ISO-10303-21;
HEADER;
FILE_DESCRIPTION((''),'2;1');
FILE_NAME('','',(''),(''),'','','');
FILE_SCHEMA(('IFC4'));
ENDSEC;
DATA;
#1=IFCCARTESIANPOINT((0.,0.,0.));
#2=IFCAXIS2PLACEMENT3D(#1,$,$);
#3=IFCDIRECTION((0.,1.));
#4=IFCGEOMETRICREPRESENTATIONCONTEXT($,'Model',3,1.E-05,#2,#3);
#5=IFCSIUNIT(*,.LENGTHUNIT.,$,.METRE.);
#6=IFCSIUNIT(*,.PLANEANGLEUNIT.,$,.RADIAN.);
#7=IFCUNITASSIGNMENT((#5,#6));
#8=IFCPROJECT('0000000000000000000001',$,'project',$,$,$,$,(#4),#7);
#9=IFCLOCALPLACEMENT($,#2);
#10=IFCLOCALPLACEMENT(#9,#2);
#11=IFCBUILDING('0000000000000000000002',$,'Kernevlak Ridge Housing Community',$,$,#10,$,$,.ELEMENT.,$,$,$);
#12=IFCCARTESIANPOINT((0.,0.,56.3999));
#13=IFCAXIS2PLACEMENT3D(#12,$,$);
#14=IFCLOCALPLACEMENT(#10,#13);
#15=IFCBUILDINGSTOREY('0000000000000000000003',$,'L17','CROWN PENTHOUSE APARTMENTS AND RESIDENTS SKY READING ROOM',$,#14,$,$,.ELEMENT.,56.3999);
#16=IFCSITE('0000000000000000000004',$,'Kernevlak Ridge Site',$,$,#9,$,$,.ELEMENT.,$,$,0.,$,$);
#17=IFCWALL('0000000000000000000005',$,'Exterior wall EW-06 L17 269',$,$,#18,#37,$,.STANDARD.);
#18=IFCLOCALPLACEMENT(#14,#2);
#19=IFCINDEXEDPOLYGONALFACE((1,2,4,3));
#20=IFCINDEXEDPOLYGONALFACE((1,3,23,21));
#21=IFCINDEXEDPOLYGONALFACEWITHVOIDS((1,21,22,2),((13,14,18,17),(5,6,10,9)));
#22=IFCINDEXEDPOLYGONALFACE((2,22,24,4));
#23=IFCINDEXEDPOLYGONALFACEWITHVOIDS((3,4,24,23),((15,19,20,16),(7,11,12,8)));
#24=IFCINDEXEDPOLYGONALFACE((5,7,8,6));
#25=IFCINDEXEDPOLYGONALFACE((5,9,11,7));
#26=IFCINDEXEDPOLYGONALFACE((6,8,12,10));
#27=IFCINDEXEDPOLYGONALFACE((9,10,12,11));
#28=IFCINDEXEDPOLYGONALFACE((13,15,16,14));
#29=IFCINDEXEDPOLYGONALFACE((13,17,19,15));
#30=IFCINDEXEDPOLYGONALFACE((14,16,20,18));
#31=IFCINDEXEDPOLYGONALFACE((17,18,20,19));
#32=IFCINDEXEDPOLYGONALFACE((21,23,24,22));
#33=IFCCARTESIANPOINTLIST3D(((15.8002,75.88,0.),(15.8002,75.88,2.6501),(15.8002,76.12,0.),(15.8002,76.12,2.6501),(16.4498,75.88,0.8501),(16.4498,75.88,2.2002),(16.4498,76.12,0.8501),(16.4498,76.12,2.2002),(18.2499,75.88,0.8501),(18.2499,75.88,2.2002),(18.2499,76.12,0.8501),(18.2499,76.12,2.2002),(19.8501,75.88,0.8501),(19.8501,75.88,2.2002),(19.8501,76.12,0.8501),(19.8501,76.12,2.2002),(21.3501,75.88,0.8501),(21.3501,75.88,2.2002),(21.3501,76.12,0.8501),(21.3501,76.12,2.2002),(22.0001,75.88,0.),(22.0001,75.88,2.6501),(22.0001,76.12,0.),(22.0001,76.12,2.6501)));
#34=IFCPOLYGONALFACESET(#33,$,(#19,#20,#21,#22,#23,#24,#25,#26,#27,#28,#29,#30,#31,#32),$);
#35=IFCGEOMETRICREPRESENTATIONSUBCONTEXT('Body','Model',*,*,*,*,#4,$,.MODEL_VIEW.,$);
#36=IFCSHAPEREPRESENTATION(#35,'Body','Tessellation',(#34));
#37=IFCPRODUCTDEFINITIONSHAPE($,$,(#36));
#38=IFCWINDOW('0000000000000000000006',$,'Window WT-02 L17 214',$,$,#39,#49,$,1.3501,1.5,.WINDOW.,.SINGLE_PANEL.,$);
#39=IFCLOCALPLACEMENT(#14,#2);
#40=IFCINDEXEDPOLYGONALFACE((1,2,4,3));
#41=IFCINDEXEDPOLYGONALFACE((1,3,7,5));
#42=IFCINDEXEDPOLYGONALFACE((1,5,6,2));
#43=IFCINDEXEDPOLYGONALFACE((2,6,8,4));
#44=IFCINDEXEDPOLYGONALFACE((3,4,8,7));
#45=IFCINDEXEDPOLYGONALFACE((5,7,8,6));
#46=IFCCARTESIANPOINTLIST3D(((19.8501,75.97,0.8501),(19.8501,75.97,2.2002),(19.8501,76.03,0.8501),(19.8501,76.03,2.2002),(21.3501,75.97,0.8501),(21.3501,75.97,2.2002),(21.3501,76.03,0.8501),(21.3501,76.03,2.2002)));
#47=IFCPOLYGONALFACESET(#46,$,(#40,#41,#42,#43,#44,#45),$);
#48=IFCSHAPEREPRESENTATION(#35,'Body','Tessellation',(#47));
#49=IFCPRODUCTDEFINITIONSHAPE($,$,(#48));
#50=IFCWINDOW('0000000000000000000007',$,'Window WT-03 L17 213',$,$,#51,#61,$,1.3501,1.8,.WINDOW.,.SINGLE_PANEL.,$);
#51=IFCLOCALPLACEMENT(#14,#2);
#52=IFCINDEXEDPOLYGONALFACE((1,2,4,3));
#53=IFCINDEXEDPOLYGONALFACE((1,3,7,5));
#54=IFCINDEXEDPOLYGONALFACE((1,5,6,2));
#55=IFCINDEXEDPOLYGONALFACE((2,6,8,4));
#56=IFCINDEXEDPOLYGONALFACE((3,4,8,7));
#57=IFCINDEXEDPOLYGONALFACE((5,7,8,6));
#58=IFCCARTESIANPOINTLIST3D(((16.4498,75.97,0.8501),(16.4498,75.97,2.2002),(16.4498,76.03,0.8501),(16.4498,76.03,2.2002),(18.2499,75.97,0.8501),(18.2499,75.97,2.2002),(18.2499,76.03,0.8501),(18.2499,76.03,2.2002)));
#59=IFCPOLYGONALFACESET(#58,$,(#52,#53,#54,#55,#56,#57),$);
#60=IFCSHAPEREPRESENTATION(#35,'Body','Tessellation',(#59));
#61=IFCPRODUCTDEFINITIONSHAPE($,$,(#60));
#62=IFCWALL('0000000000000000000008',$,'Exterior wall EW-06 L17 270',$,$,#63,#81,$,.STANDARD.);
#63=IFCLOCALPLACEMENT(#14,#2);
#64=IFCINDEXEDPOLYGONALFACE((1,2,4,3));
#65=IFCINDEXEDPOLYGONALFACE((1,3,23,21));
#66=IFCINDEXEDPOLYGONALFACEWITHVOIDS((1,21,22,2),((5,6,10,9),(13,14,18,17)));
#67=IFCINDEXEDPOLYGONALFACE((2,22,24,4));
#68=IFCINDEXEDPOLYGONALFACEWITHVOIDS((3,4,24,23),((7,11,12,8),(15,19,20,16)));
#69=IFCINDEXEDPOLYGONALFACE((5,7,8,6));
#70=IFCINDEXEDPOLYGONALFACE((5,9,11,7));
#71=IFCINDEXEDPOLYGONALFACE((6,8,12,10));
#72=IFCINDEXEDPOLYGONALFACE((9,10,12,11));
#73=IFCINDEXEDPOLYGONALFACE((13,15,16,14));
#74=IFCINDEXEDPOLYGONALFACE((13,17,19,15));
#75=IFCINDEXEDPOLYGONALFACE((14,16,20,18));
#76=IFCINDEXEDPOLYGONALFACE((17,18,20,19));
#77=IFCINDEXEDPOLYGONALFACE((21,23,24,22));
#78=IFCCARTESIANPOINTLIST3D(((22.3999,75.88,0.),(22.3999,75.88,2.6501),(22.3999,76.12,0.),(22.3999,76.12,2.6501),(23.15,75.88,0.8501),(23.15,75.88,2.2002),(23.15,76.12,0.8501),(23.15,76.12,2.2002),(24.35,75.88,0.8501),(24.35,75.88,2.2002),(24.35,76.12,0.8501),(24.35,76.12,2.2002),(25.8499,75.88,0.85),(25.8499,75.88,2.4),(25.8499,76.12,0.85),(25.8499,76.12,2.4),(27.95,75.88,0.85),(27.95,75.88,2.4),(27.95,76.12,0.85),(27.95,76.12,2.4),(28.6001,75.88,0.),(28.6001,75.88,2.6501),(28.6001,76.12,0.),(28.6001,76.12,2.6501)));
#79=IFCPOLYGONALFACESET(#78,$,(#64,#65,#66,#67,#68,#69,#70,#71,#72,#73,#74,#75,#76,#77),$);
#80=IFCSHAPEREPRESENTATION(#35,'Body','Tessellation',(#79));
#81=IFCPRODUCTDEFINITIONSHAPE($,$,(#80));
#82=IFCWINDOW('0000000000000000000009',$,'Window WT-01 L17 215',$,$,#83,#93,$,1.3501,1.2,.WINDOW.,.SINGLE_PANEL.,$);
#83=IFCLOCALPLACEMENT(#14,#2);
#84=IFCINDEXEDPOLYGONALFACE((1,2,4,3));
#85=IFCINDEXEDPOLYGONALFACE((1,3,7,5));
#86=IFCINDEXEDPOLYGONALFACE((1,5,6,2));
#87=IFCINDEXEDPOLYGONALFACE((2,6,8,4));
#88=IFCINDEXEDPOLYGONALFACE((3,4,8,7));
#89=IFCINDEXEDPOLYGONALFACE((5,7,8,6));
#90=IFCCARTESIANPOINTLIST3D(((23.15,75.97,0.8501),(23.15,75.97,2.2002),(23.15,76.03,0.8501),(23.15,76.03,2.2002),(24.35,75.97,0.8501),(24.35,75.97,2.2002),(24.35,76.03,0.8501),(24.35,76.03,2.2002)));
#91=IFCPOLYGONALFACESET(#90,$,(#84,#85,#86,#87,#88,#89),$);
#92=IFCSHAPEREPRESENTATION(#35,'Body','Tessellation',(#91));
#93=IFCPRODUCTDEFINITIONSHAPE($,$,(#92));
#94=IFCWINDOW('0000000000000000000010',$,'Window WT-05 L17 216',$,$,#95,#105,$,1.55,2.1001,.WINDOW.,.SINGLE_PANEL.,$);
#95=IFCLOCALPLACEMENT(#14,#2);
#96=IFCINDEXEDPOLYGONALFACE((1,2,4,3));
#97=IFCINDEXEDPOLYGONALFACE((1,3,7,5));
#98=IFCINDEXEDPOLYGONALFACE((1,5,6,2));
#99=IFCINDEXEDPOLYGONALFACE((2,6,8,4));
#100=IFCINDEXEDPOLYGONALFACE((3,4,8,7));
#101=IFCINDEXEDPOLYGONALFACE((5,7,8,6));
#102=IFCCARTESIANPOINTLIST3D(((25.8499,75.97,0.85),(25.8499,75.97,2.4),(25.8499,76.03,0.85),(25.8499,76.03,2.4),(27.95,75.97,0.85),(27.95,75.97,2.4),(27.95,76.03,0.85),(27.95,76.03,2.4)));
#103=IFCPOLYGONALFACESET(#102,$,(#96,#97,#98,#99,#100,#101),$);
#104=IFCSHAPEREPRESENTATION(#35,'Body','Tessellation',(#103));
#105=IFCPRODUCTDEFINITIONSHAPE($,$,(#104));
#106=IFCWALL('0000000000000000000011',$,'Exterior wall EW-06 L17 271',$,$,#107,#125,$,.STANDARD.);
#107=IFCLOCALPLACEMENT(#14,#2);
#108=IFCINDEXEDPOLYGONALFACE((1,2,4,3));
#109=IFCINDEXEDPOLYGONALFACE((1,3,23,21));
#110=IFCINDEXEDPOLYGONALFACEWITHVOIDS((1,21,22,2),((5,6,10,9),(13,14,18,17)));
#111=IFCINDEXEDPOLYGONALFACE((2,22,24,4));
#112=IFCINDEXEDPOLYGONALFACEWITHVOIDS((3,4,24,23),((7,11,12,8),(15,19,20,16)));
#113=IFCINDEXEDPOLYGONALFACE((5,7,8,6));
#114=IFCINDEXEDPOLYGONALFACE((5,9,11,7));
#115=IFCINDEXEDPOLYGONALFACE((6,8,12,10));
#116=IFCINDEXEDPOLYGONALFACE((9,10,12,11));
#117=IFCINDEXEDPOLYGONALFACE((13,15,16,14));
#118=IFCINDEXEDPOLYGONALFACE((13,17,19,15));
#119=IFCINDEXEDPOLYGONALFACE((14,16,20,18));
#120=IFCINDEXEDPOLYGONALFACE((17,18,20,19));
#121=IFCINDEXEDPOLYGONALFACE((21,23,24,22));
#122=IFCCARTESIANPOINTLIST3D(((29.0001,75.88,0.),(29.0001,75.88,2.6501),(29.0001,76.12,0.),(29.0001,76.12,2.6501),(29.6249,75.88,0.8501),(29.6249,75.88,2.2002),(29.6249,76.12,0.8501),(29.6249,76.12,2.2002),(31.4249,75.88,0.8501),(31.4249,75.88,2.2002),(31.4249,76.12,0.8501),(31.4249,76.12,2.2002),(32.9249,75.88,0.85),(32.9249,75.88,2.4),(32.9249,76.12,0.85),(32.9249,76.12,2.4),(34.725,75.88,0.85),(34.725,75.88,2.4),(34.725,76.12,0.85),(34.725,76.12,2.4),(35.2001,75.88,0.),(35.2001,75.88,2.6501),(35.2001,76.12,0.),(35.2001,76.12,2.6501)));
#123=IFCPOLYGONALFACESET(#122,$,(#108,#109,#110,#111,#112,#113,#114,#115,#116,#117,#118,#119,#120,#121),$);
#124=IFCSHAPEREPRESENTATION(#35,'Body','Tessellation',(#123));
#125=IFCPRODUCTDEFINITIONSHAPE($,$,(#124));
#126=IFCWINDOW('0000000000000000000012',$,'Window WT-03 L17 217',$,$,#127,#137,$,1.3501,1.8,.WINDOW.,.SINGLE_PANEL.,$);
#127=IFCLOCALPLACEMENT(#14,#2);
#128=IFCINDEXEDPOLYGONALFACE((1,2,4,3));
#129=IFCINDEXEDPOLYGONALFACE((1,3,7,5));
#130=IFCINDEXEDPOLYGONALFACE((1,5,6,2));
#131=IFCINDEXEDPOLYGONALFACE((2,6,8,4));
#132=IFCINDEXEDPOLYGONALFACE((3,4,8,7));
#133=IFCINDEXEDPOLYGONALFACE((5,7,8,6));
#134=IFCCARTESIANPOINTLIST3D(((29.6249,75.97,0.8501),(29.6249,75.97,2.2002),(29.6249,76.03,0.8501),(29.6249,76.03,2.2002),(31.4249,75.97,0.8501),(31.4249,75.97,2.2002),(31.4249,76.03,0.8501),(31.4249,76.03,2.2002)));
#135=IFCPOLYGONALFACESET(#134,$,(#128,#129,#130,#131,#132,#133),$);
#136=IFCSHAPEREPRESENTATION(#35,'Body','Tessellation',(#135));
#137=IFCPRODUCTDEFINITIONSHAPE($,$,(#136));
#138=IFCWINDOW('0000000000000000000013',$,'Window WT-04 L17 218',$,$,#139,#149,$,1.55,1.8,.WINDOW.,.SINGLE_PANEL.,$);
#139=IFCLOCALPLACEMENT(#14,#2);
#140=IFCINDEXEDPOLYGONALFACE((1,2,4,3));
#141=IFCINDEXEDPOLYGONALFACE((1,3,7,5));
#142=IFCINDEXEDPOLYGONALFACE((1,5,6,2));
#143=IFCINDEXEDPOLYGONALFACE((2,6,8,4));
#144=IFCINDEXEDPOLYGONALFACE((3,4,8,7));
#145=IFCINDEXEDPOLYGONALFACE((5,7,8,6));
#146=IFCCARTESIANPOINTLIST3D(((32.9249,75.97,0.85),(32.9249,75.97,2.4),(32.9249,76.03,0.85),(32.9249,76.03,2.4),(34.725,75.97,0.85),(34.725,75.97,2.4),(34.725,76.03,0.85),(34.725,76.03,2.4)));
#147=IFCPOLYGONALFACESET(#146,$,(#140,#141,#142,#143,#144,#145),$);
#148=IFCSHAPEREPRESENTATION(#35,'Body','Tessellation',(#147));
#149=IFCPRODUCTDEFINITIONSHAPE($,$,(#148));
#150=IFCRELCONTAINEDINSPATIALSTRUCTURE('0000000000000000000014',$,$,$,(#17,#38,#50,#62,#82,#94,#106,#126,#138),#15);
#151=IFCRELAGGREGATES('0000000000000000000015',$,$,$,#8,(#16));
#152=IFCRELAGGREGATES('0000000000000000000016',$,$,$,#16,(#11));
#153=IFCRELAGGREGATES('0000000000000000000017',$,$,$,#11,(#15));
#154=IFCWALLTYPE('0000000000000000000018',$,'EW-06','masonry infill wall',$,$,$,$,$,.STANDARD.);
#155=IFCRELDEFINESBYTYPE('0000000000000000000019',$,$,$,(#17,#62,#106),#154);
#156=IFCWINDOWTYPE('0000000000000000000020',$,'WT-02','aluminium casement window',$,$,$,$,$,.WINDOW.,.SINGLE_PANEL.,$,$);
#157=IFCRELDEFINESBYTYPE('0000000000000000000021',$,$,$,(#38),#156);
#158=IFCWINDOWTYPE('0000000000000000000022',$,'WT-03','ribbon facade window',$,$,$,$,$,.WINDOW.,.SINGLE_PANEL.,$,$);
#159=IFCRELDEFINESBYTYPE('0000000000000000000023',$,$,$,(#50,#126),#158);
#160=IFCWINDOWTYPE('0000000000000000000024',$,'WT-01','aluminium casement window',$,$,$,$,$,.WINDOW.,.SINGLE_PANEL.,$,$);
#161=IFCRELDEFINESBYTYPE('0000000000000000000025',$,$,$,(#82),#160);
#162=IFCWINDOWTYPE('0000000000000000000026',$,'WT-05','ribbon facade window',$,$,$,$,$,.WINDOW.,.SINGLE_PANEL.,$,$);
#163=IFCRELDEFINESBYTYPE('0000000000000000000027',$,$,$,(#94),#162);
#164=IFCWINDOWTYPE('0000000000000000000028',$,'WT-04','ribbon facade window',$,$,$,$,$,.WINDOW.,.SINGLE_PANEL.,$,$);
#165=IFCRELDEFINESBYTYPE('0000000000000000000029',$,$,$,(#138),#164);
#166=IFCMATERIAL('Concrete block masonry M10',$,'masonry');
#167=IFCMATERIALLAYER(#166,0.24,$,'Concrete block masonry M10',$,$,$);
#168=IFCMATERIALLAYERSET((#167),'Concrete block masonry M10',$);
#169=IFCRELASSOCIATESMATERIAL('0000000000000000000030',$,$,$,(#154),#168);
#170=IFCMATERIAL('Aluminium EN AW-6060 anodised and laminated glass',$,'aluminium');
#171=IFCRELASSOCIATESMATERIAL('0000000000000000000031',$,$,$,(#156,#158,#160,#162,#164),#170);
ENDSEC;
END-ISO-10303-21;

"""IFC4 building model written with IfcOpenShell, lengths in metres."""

from ifc_helpers import new_model, si_unit, direction, frame, frame_2d, origin, place, context, subcontext, project, spatial, rectangle, extrude, material, layer, layer_set, type_object, element, fill, save


model = new_model("IFC4")

# Units and contexts
model_context = context("Model", 3, precision=1e-05, world=origin(), true_north=direction((0.0, 1.0)))
body_context = subcontext(model_context, "Body", "Model", "MODEL_VIEW")
ifc_project = project(units=[si_unit("LENGTHUNIT", "METRE"), si_unit("PLANEANGLEUNIT", "RADIAN")], contexts=[model_context])

# Site, building, storey
site_placement = place(None, origin())
site = spatial("IfcSite", under=ifc_project, at=site_placement, Name="Kernevlak Ridge Site", CompositionType="ELEMENT", RefElevation=0.0)
building_placement = place(site_placement, origin())
building = spatial("IfcBuilding", under=site, at=building_placement, Name="Kernevlak Ridge Housing Community", CompositionType="ELEMENT")
storey_placement = place(building_placement, frame((0.0, 0.0, 56.3999)))
storey = spatial("IfcBuildingStorey", under=building, at=storey_placement, Name="L17", Description="CROWN PENTHOUSE APARTMENTS AND RESIDENTS SKY READING ROOM", CompositionType="ELEMENT", Elevation=56.3999)

# Walls, openings, windows
ifc_material_1 = material(Name="Concrete block masonry M10", Category="masonry")
ifc_layer_1 = layer(ifc_material_1, 0.24, Name="Concrete block masonry M10")
ifc_layer_set_1 = layer_set([ifc_layer_1], Name="Concrete block masonry M10")
wall_type = type_object("IfcWallType", Name="EW-06", Description="masonry infill wall", PredefinedType="STANDARD", material=ifc_layer_set_1)
wall_1_placement = place(storey_placement, frame((15.8, 76.0, 0.0), z_axis=(0.0, 0.0, 1.0), x_axis=(1.0, 0.0, 0.0)))
wall_1 = element("IfcWall", 1, at=wall_1_placement, inside=storey, type_object=wall_type, Name="Exterior wall EW-06 L17 269", PredefinedType="STANDARD", context=body_context, shape_type="SweptSolid", body=[
    extrude(rectangle(XDim=6.2, YDim=0.24, at=frame_2d((3.1001, 0.0))), origin(), (0.0, 0.0, 1.0), 2.6501),
])
opening_1_placement = place(wall_1_placement, frame((0.6499, 0.0, 0.8501)))
opening_1 = element("IfcOpeningElement", 2, at=opening_1_placement, cuts=wall_1, PredefinedType="OPENING", context=body_context, shape_type="SweptSolid", body=[
    extrude(rectangle(XDim=1.8, YDim=1.3501, at=frame_2d((0.8999, 0.675))), frame((0.0, 0.1299, 0.0), z_axis=(0.0, -1.0, 0.0), x_axis=(1.0, 0.0, 0.0)), (0.0, 0.0, 1.0), 0.26),
])
opening_2_placement = place(wall_1_placement, frame((4.05, 0.0, 0.8501)))
opening_2 = element("IfcOpeningElement", 3, at=opening_2_placement, cuts=wall_1, PredefinedType="OPENING", context=body_context, shape_type="SweptSolid", body=[
    extrude(rectangle(XDim=1.5, YDim=1.3501, at=frame_2d((0.75, 0.675))), frame((0.0, 0.1299, 0.0), z_axis=(0.0, -1.0, 0.0), x_axis=(1.0, 0.0, 0.0)), (0.0, 0.0, 1.0), 0.26),
])
ifc_material_2 = material(Name="Aluminium EN AW-6060 anodised and laminated glass", Category="aluminium")
window_type_1 = type_object("IfcWindowType", Name="WT-02", Description="aluminium casement window", PartitioningType="SINGLE_PANEL", PredefinedType="WINDOW", material=ifc_material_2)
window_1_placement = place(opening_2_placement, origin())
window_1 = element("IfcWindow", 4, at=window_1_placement, inside=storey, type_object=window_type_1, Name="Window WT-02 L17 214", OverallHeight=1.3501, OverallWidth=1.5, PartitioningType="SINGLE_PANEL", PredefinedType="WINDOW", context=body_context, shape_type="SweptSolid", body=[
    extrude(rectangle(XDim=1.5, YDim=1.3501, at=frame_2d((0.75, 0.675))), frame((0.0, 0.03, 0.0), z_axis=(0.0, -1.0, 0.0), x_axis=(1.0, 0.0, 0.0)), (0.0, 0.0, 1.0), 0.0601),
])
fill(opening_2, window_1)
window_type_2 = type_object("IfcWindowType", Name="WT-03", Description="ribbon facade window", PartitioningType="SINGLE_PANEL", PredefinedType="WINDOW", material=ifc_material_2)
window_2_placement = place(opening_1_placement, origin())
window_2 = element("IfcWindow", 5, at=window_2_placement, inside=storey, type_object=window_type_2, Name="Window WT-03 L17 213", OverallHeight=1.3501, OverallWidth=1.8, PartitioningType="SINGLE_PANEL", PredefinedType="WINDOW", context=body_context, shape_type="SweptSolid", body=[
    extrude(rectangle(XDim=1.8, YDim=1.3501, at=frame_2d((0.8999, 0.675))), frame((0.0, 0.03, 0.0), z_axis=(0.0, -1.0, 0.0), x_axis=(1.0, 0.0, 0.0)), (0.0, 0.0, 1.0), 0.0601),
])
fill(opening_1, window_2)
wall_2_placement = place(storey_placement, frame((22.3999, 76.0, 0.0), z_axis=(0.0, 0.0, 1.0), x_axis=(1.0, 0.0, 0.0)))
wall_2 = element("IfcWall", 6, at=wall_2_placement, inside=storey, type_object=wall_type, Name="Exterior wall EW-06 L17 270", PredefinedType="STANDARD", context=body_context, shape_type="SweptSolid", body=[
    extrude(rectangle(XDim=6.2002, YDim=0.24, at=frame_2d((3.1001, 0.0))), origin(), (0.0, 0.0, 1.0), 2.6501),
])
opening_3_placement = place(wall_2_placement, frame((0.75, 0.0, 0.8501)))
opening_3 = element("IfcOpeningElement", 7, at=opening_3_placement, cuts=wall_2, PredefinedType="OPENING", context=body_context, shape_type="SweptSolid", body=[
    extrude(rectangle(XDim=1.2, YDim=1.3501, at=frame_2d((0.6001, 0.675))), frame((0.0, 0.1299, 0.0), z_axis=(0.0, -1.0, 0.0), x_axis=(1.0, 0.0, 0.0)), (0.0, 0.0, 1.0), 0.26),
])
opening_4_placement = place(wall_2_placement, frame((3.45, 0.0, 0.8501)))
opening_4 = element("IfcOpeningElement", 8, at=opening_4_placement, cuts=wall_2, PredefinedType="OPENING", context=body_context, shape_type="SweptSolid", body=[
    extrude(rectangle(XDim=2.1001, YDim=1.55, at=frame_2d((1.05, 0.7749))), frame((0.0, 0.1299, 0.0), z_axis=(0.0, -1.0, 0.0), x_axis=(1.0, 0.0, 0.0)), (0.0, 0.0, 1.0), 0.26),
])
window_type_3 = type_object("IfcWindowType", Name="WT-01", Description="aluminium casement window", PartitioningType="SINGLE_PANEL", PredefinedType="WINDOW", material=ifc_material_2)
window_3_placement = place(opening_3_placement, origin())
window_3 = element("IfcWindow", 9, at=window_3_placement, inside=storey, type_object=window_type_3, Name="Window WT-01 L17 215", OverallHeight=1.3501, OverallWidth=1.2, PartitioningType="SINGLE_PANEL", PredefinedType="WINDOW", context=body_context, shape_type="SweptSolid", body=[
    extrude(rectangle(XDim=1.2, YDim=1.3501, at=frame_2d((0.6001, 0.675))), frame((0.0, 0.03, 0.0), z_axis=(0.0, -1.0, 0.0), x_axis=(1.0, 0.0, 0.0)), (0.0, 0.0, 1.0), 0.0601),
])
fill(opening_3, window_3)
window_type_4 = type_object("IfcWindowType", Name="WT-05", Description="ribbon facade window", PartitioningType="SINGLE_PANEL", PredefinedType="WINDOW", material=ifc_material_2)
window_4_placement = place(opening_4_placement, origin())
window_4 = element("IfcWindow", 10, at=window_4_placement, inside=storey, type_object=window_type_4, Name="Window WT-05 L17 216", OverallHeight=1.55, OverallWidth=2.1001, PartitioningType="SINGLE_PANEL", PredefinedType="WINDOW", context=body_context, shape_type="SweptSolid", body=[
    extrude(rectangle(XDim=2.1001, YDim=1.55, at=frame_2d((1.05, 0.7749))), frame((0.0, 0.03, 0.0), z_axis=(0.0, -1.0, 0.0), x_axis=(1.0, 0.0, 0.0)), (0.0, 0.0, 1.0), 0.0601),
])
fill(opening_4, window_4)
wall_3_placement = place(storey_placement, frame((29.0, 76.0, 0.0), z_axis=(0.0, 0.0, 1.0), x_axis=(1.0, 0.0, 0.0)))
wall_3 = element("IfcWall", 11, at=wall_3_placement, inside=storey, type_object=wall_type, Name="Exterior wall EW-06 L17 271", PredefinedType="STANDARD", context=body_context, shape_type="SweptSolid", body=[
    extrude(rectangle(XDim=6.2, YDim=0.24, at=frame_2d((3.1001, 0.0))), origin(), (0.0, 0.0, 1.0), 2.6501),
])
opening_5_placement = place(wall_3_placement, frame((0.625, 0.0, 0.8501)))
opening_5 = element("IfcOpeningElement", 12, at=opening_5_placement, cuts=wall_3, PredefinedType="OPENING", context=body_context, shape_type="SweptSolid", body=[
    extrude(rectangle(XDim=1.8, YDim=1.3501, at=frame_2d((0.8999, 0.675))), frame((0.0, 0.1299, 0.0), z_axis=(0.0, -1.0, 0.0), x_axis=(1.0, 0.0, 0.0)), (0.0, 0.0, 1.0), 0.26),
])
opening_6_placement = place(wall_3_placement, frame((3.925, 0.0, 0.8501)))
opening_6 = element("IfcOpeningElement", 13, at=opening_6_placement, cuts=wall_3, PredefinedType="OPENING", context=body_context, shape_type="SweptSolid", body=[
    extrude(rectangle(XDim=1.8, YDim=1.55, at=frame_2d((0.8999, 0.7749))), frame((0.0, 0.1299, 0.0), z_axis=(0.0, -1.0, 0.0), x_axis=(1.0, 0.0, 0.0)), (0.0, 0.0, 1.0), 0.26),
])
window_5_placement = place(opening_5_placement, origin())
window_5 = element("IfcWindow", 14, at=window_5_placement, inside=storey, type_object=window_type_2, Name="Window WT-03 L17 217", OverallHeight=1.3501, OverallWidth=1.8, PartitioningType="SINGLE_PANEL", PredefinedType="WINDOW", context=body_context, shape_type="SweptSolid", body=[
    extrude(rectangle(XDim=1.8, YDim=1.3501, at=frame_2d((0.8999, 0.675))), frame((0.0, 0.03, 0.0), z_axis=(0.0, -1.0, 0.0), x_axis=(1.0, 0.0, 0.0)), (0.0, 0.0, 1.0), 0.0601),
])
fill(opening_5, window_5)
window_type_5 = type_object("IfcWindowType", Name="WT-04", Description="ribbon facade window", PartitioningType="SINGLE_PANEL", PredefinedType="WINDOW", material=ifc_material_2)
window_6_placement = place(opening_6_placement, origin())
window_6 = element("IfcWindow", 15, at=window_6_placement, inside=storey, type_object=window_type_5, Name="Window WT-04 L17 218", OverallHeight=1.55, OverallWidth=1.8, PartitioningType="SINGLE_PANEL", PredefinedType="WINDOW", context=body_context, shape_type="SweptSolid", body=[
    extrude(rectangle(XDim=1.8, YDim=1.55, at=frame_2d((0.8999, 0.7749))), frame((0.0, 0.03, 0.0), z_axis=(0.0, -1.0, 0.0), x_axis=(1.0, 0.0, 0.0)), (0.0, 0.0, 1.0), 0.0601),
])
fill(opening_6, window_6)

save(model, "model.ifc")
